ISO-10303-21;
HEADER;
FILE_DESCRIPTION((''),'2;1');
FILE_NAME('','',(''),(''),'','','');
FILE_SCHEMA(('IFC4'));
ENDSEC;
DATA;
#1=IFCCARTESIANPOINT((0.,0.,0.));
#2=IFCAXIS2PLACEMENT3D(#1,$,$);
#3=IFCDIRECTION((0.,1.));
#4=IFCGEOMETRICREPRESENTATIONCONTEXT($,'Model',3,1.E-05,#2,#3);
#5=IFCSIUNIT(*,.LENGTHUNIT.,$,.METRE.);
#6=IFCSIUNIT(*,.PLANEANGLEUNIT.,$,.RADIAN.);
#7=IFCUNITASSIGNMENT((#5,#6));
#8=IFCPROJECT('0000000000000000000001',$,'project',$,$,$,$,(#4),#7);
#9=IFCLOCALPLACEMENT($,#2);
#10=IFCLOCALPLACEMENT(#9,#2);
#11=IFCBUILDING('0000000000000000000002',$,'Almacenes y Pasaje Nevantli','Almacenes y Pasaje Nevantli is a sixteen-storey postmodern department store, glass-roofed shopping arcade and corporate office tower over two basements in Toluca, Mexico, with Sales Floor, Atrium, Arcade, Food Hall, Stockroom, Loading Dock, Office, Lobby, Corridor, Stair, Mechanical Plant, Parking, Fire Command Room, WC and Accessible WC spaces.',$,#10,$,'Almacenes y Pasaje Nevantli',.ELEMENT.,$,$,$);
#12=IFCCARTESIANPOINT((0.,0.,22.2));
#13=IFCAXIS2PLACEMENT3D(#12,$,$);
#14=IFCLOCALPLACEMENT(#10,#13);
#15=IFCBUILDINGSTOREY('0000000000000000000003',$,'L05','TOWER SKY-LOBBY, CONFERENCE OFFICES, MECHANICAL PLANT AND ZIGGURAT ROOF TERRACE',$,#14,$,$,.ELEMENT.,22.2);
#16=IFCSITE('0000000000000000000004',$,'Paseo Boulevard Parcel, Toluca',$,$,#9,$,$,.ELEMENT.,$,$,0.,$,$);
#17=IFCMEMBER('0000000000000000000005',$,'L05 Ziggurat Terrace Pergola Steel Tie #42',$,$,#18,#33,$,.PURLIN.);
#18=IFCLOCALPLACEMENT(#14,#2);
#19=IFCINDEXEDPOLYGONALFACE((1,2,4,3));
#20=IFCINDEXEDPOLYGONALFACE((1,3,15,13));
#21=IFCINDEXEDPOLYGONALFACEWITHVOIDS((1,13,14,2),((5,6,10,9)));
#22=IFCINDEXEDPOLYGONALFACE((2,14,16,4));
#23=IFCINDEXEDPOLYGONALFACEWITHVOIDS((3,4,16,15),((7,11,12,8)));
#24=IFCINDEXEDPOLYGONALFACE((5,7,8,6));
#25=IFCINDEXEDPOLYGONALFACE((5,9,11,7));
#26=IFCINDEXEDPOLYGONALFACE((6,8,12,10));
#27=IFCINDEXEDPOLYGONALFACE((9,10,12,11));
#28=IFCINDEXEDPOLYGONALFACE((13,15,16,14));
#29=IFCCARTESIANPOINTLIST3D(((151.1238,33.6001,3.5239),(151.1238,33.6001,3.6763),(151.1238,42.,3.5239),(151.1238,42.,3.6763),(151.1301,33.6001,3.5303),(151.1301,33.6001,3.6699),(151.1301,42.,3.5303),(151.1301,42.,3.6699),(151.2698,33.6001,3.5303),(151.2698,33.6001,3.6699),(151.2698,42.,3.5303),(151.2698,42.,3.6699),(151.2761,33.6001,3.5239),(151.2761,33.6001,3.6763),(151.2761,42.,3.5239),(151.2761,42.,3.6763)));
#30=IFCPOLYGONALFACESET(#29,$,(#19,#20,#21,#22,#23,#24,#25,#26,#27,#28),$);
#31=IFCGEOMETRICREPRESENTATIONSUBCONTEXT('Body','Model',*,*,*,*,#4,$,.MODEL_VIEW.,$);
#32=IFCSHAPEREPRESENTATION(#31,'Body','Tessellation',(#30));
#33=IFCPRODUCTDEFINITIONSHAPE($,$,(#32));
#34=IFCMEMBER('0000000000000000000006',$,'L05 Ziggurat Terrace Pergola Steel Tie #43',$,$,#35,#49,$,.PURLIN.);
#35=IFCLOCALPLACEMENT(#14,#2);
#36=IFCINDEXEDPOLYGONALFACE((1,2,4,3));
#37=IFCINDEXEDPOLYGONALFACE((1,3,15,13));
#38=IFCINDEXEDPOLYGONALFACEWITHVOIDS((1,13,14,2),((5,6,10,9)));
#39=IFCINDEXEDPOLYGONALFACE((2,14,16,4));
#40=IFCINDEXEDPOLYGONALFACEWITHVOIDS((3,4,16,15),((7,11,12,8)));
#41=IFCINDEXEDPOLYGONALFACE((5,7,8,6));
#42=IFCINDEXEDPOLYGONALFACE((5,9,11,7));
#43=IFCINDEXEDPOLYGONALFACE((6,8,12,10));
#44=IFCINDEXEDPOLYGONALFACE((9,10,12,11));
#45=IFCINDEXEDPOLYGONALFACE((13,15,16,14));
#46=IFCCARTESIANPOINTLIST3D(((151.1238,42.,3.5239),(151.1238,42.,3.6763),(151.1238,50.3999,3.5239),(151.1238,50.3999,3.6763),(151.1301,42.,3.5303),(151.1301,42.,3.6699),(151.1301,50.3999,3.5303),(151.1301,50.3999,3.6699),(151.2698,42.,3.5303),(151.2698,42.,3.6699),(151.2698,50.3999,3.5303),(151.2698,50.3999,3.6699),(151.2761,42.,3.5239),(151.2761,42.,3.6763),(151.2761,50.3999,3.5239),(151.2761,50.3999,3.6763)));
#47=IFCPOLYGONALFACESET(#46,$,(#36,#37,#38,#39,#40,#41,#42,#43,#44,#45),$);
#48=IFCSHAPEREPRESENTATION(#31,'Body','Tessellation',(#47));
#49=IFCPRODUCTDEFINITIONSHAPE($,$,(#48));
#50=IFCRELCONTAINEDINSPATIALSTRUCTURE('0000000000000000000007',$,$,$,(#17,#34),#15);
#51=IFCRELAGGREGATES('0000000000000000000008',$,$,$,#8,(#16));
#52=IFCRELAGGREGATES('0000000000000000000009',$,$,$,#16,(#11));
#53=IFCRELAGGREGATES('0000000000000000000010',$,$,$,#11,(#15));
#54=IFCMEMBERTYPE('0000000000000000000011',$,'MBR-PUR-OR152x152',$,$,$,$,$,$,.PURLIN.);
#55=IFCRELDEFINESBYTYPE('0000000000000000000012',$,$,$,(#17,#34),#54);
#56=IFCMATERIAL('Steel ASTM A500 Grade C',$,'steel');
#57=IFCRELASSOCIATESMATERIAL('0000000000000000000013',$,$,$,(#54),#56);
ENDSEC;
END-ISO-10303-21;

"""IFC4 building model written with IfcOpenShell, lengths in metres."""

from ifc_helpers import new_model, si_unit, direction, frame, origin, origin_2d, place, context, subcontext, project, spatial, hollow_rectangle, extrude, material, material_profile, profile_set, type_object, element, save


model = new_model("IFC4")

# Units and contexts
model_context = context("Model", 3, precision=1e-05, world=origin(), true_north=direction((0.0, 1.0)))
body_context = subcontext(model_context, "Body", "Model", "MODEL_VIEW")
ifc_project = project(units=[si_unit("LENGTHUNIT", "METRE"), si_unit("PLANEANGLEUNIT", "RADIAN")], contexts=[model_context])

# Site, building, storey
site_placement = place(None, origin())
site = spatial("IfcSite", under=ifc_project, at=site_placement, Name="Paseo Boulevard Parcel, Toluca", CompositionType="ELEMENT", RefElevation=0.0)
building_placement = place(site_placement, origin())
building = spatial("IfcBuilding", under=site, at=building_placement, Name="Almacenes y Pasaje Nevantli", Description="Almacenes y Pasaje Nevantli is a sixteen-storey postmodern department store, glass-roofed shopping arcade and corporate office tower over two basements in Toluca, Mexico, with Sales Floor, Atrium, Arcade, Food Hall, Stockroom, Loading Dock, Office, Lobby, Corridor, Stair, Mechanical Plant, Parking, Fire Command Room, WC and Accessible WC spaces.", LongName="Almacenes y Pasaje Nevantli", CompositionType="ELEMENT")
storey_placement = place(building_placement, frame((0.0, 0.0, 22.2)))
storey = spatial("IfcBuildingStorey", under=building, at=storey_placement, Name="L05", Description="TOWER SKY-LOBBY, CONFERENCE OFFICES, MECHANICAL PLANT AND ZIGGURAT ROOF TERRACE", CompositionType="ELEMENT", Elevation=22.2)

# Members
ifc_material_1 = material(Name="Steel ASTM A500 Grade C", Category="steel")
ifc_material_profile_1 = material_profile(ifc_material_1, hollow_rectangle(XDim=0.1523, YDim=0.1523, WallThickness=0.0063, at=origin_2d()), Name="OR 152x152x6.4")
ifc_profile_set_1 = profile_set([ifc_material_profile_1], Name="Steel ASTM A500 Grade C")
member_type = type_object("IfcMemberType", Name="MBR-PUR-OR152x152", PredefinedType="PURLIN", material=ifc_profile_set_1)
for number, where, z_axis, x_axis, name in (
    (1, (151.2, 33.6001, 3.6001), (0.0, 1.0, 0.0), (-1.0, 0.0, 0.0), "L05 Ziggurat Terrace Pergola Steel Tie #42"),
    (2, (151.2, 42.0, 3.6001), (0.0, 1.0, 0.0), (-1.0, 0.0, 0.0), "L05 Ziggurat Terrace Pergola Steel Tie #43"),
):
    element("IfcMember", number, at=place(storey_placement, frame(where, z_axis=z_axis, x_axis=x_axis)), inside=storey, type_object=member_type, Name=name, PredefinedType="PURLIN", context=body_context, shape_type="SweptSolid", body=[
        extrude(hollow_rectangle(XDim=0.1523, YDim=0.1523, WallThickness=0.0063, at=origin_2d()), origin(), (0.0, 0.0, 1.0), 8.3999),
    ])

save(model, "model.ifc")
